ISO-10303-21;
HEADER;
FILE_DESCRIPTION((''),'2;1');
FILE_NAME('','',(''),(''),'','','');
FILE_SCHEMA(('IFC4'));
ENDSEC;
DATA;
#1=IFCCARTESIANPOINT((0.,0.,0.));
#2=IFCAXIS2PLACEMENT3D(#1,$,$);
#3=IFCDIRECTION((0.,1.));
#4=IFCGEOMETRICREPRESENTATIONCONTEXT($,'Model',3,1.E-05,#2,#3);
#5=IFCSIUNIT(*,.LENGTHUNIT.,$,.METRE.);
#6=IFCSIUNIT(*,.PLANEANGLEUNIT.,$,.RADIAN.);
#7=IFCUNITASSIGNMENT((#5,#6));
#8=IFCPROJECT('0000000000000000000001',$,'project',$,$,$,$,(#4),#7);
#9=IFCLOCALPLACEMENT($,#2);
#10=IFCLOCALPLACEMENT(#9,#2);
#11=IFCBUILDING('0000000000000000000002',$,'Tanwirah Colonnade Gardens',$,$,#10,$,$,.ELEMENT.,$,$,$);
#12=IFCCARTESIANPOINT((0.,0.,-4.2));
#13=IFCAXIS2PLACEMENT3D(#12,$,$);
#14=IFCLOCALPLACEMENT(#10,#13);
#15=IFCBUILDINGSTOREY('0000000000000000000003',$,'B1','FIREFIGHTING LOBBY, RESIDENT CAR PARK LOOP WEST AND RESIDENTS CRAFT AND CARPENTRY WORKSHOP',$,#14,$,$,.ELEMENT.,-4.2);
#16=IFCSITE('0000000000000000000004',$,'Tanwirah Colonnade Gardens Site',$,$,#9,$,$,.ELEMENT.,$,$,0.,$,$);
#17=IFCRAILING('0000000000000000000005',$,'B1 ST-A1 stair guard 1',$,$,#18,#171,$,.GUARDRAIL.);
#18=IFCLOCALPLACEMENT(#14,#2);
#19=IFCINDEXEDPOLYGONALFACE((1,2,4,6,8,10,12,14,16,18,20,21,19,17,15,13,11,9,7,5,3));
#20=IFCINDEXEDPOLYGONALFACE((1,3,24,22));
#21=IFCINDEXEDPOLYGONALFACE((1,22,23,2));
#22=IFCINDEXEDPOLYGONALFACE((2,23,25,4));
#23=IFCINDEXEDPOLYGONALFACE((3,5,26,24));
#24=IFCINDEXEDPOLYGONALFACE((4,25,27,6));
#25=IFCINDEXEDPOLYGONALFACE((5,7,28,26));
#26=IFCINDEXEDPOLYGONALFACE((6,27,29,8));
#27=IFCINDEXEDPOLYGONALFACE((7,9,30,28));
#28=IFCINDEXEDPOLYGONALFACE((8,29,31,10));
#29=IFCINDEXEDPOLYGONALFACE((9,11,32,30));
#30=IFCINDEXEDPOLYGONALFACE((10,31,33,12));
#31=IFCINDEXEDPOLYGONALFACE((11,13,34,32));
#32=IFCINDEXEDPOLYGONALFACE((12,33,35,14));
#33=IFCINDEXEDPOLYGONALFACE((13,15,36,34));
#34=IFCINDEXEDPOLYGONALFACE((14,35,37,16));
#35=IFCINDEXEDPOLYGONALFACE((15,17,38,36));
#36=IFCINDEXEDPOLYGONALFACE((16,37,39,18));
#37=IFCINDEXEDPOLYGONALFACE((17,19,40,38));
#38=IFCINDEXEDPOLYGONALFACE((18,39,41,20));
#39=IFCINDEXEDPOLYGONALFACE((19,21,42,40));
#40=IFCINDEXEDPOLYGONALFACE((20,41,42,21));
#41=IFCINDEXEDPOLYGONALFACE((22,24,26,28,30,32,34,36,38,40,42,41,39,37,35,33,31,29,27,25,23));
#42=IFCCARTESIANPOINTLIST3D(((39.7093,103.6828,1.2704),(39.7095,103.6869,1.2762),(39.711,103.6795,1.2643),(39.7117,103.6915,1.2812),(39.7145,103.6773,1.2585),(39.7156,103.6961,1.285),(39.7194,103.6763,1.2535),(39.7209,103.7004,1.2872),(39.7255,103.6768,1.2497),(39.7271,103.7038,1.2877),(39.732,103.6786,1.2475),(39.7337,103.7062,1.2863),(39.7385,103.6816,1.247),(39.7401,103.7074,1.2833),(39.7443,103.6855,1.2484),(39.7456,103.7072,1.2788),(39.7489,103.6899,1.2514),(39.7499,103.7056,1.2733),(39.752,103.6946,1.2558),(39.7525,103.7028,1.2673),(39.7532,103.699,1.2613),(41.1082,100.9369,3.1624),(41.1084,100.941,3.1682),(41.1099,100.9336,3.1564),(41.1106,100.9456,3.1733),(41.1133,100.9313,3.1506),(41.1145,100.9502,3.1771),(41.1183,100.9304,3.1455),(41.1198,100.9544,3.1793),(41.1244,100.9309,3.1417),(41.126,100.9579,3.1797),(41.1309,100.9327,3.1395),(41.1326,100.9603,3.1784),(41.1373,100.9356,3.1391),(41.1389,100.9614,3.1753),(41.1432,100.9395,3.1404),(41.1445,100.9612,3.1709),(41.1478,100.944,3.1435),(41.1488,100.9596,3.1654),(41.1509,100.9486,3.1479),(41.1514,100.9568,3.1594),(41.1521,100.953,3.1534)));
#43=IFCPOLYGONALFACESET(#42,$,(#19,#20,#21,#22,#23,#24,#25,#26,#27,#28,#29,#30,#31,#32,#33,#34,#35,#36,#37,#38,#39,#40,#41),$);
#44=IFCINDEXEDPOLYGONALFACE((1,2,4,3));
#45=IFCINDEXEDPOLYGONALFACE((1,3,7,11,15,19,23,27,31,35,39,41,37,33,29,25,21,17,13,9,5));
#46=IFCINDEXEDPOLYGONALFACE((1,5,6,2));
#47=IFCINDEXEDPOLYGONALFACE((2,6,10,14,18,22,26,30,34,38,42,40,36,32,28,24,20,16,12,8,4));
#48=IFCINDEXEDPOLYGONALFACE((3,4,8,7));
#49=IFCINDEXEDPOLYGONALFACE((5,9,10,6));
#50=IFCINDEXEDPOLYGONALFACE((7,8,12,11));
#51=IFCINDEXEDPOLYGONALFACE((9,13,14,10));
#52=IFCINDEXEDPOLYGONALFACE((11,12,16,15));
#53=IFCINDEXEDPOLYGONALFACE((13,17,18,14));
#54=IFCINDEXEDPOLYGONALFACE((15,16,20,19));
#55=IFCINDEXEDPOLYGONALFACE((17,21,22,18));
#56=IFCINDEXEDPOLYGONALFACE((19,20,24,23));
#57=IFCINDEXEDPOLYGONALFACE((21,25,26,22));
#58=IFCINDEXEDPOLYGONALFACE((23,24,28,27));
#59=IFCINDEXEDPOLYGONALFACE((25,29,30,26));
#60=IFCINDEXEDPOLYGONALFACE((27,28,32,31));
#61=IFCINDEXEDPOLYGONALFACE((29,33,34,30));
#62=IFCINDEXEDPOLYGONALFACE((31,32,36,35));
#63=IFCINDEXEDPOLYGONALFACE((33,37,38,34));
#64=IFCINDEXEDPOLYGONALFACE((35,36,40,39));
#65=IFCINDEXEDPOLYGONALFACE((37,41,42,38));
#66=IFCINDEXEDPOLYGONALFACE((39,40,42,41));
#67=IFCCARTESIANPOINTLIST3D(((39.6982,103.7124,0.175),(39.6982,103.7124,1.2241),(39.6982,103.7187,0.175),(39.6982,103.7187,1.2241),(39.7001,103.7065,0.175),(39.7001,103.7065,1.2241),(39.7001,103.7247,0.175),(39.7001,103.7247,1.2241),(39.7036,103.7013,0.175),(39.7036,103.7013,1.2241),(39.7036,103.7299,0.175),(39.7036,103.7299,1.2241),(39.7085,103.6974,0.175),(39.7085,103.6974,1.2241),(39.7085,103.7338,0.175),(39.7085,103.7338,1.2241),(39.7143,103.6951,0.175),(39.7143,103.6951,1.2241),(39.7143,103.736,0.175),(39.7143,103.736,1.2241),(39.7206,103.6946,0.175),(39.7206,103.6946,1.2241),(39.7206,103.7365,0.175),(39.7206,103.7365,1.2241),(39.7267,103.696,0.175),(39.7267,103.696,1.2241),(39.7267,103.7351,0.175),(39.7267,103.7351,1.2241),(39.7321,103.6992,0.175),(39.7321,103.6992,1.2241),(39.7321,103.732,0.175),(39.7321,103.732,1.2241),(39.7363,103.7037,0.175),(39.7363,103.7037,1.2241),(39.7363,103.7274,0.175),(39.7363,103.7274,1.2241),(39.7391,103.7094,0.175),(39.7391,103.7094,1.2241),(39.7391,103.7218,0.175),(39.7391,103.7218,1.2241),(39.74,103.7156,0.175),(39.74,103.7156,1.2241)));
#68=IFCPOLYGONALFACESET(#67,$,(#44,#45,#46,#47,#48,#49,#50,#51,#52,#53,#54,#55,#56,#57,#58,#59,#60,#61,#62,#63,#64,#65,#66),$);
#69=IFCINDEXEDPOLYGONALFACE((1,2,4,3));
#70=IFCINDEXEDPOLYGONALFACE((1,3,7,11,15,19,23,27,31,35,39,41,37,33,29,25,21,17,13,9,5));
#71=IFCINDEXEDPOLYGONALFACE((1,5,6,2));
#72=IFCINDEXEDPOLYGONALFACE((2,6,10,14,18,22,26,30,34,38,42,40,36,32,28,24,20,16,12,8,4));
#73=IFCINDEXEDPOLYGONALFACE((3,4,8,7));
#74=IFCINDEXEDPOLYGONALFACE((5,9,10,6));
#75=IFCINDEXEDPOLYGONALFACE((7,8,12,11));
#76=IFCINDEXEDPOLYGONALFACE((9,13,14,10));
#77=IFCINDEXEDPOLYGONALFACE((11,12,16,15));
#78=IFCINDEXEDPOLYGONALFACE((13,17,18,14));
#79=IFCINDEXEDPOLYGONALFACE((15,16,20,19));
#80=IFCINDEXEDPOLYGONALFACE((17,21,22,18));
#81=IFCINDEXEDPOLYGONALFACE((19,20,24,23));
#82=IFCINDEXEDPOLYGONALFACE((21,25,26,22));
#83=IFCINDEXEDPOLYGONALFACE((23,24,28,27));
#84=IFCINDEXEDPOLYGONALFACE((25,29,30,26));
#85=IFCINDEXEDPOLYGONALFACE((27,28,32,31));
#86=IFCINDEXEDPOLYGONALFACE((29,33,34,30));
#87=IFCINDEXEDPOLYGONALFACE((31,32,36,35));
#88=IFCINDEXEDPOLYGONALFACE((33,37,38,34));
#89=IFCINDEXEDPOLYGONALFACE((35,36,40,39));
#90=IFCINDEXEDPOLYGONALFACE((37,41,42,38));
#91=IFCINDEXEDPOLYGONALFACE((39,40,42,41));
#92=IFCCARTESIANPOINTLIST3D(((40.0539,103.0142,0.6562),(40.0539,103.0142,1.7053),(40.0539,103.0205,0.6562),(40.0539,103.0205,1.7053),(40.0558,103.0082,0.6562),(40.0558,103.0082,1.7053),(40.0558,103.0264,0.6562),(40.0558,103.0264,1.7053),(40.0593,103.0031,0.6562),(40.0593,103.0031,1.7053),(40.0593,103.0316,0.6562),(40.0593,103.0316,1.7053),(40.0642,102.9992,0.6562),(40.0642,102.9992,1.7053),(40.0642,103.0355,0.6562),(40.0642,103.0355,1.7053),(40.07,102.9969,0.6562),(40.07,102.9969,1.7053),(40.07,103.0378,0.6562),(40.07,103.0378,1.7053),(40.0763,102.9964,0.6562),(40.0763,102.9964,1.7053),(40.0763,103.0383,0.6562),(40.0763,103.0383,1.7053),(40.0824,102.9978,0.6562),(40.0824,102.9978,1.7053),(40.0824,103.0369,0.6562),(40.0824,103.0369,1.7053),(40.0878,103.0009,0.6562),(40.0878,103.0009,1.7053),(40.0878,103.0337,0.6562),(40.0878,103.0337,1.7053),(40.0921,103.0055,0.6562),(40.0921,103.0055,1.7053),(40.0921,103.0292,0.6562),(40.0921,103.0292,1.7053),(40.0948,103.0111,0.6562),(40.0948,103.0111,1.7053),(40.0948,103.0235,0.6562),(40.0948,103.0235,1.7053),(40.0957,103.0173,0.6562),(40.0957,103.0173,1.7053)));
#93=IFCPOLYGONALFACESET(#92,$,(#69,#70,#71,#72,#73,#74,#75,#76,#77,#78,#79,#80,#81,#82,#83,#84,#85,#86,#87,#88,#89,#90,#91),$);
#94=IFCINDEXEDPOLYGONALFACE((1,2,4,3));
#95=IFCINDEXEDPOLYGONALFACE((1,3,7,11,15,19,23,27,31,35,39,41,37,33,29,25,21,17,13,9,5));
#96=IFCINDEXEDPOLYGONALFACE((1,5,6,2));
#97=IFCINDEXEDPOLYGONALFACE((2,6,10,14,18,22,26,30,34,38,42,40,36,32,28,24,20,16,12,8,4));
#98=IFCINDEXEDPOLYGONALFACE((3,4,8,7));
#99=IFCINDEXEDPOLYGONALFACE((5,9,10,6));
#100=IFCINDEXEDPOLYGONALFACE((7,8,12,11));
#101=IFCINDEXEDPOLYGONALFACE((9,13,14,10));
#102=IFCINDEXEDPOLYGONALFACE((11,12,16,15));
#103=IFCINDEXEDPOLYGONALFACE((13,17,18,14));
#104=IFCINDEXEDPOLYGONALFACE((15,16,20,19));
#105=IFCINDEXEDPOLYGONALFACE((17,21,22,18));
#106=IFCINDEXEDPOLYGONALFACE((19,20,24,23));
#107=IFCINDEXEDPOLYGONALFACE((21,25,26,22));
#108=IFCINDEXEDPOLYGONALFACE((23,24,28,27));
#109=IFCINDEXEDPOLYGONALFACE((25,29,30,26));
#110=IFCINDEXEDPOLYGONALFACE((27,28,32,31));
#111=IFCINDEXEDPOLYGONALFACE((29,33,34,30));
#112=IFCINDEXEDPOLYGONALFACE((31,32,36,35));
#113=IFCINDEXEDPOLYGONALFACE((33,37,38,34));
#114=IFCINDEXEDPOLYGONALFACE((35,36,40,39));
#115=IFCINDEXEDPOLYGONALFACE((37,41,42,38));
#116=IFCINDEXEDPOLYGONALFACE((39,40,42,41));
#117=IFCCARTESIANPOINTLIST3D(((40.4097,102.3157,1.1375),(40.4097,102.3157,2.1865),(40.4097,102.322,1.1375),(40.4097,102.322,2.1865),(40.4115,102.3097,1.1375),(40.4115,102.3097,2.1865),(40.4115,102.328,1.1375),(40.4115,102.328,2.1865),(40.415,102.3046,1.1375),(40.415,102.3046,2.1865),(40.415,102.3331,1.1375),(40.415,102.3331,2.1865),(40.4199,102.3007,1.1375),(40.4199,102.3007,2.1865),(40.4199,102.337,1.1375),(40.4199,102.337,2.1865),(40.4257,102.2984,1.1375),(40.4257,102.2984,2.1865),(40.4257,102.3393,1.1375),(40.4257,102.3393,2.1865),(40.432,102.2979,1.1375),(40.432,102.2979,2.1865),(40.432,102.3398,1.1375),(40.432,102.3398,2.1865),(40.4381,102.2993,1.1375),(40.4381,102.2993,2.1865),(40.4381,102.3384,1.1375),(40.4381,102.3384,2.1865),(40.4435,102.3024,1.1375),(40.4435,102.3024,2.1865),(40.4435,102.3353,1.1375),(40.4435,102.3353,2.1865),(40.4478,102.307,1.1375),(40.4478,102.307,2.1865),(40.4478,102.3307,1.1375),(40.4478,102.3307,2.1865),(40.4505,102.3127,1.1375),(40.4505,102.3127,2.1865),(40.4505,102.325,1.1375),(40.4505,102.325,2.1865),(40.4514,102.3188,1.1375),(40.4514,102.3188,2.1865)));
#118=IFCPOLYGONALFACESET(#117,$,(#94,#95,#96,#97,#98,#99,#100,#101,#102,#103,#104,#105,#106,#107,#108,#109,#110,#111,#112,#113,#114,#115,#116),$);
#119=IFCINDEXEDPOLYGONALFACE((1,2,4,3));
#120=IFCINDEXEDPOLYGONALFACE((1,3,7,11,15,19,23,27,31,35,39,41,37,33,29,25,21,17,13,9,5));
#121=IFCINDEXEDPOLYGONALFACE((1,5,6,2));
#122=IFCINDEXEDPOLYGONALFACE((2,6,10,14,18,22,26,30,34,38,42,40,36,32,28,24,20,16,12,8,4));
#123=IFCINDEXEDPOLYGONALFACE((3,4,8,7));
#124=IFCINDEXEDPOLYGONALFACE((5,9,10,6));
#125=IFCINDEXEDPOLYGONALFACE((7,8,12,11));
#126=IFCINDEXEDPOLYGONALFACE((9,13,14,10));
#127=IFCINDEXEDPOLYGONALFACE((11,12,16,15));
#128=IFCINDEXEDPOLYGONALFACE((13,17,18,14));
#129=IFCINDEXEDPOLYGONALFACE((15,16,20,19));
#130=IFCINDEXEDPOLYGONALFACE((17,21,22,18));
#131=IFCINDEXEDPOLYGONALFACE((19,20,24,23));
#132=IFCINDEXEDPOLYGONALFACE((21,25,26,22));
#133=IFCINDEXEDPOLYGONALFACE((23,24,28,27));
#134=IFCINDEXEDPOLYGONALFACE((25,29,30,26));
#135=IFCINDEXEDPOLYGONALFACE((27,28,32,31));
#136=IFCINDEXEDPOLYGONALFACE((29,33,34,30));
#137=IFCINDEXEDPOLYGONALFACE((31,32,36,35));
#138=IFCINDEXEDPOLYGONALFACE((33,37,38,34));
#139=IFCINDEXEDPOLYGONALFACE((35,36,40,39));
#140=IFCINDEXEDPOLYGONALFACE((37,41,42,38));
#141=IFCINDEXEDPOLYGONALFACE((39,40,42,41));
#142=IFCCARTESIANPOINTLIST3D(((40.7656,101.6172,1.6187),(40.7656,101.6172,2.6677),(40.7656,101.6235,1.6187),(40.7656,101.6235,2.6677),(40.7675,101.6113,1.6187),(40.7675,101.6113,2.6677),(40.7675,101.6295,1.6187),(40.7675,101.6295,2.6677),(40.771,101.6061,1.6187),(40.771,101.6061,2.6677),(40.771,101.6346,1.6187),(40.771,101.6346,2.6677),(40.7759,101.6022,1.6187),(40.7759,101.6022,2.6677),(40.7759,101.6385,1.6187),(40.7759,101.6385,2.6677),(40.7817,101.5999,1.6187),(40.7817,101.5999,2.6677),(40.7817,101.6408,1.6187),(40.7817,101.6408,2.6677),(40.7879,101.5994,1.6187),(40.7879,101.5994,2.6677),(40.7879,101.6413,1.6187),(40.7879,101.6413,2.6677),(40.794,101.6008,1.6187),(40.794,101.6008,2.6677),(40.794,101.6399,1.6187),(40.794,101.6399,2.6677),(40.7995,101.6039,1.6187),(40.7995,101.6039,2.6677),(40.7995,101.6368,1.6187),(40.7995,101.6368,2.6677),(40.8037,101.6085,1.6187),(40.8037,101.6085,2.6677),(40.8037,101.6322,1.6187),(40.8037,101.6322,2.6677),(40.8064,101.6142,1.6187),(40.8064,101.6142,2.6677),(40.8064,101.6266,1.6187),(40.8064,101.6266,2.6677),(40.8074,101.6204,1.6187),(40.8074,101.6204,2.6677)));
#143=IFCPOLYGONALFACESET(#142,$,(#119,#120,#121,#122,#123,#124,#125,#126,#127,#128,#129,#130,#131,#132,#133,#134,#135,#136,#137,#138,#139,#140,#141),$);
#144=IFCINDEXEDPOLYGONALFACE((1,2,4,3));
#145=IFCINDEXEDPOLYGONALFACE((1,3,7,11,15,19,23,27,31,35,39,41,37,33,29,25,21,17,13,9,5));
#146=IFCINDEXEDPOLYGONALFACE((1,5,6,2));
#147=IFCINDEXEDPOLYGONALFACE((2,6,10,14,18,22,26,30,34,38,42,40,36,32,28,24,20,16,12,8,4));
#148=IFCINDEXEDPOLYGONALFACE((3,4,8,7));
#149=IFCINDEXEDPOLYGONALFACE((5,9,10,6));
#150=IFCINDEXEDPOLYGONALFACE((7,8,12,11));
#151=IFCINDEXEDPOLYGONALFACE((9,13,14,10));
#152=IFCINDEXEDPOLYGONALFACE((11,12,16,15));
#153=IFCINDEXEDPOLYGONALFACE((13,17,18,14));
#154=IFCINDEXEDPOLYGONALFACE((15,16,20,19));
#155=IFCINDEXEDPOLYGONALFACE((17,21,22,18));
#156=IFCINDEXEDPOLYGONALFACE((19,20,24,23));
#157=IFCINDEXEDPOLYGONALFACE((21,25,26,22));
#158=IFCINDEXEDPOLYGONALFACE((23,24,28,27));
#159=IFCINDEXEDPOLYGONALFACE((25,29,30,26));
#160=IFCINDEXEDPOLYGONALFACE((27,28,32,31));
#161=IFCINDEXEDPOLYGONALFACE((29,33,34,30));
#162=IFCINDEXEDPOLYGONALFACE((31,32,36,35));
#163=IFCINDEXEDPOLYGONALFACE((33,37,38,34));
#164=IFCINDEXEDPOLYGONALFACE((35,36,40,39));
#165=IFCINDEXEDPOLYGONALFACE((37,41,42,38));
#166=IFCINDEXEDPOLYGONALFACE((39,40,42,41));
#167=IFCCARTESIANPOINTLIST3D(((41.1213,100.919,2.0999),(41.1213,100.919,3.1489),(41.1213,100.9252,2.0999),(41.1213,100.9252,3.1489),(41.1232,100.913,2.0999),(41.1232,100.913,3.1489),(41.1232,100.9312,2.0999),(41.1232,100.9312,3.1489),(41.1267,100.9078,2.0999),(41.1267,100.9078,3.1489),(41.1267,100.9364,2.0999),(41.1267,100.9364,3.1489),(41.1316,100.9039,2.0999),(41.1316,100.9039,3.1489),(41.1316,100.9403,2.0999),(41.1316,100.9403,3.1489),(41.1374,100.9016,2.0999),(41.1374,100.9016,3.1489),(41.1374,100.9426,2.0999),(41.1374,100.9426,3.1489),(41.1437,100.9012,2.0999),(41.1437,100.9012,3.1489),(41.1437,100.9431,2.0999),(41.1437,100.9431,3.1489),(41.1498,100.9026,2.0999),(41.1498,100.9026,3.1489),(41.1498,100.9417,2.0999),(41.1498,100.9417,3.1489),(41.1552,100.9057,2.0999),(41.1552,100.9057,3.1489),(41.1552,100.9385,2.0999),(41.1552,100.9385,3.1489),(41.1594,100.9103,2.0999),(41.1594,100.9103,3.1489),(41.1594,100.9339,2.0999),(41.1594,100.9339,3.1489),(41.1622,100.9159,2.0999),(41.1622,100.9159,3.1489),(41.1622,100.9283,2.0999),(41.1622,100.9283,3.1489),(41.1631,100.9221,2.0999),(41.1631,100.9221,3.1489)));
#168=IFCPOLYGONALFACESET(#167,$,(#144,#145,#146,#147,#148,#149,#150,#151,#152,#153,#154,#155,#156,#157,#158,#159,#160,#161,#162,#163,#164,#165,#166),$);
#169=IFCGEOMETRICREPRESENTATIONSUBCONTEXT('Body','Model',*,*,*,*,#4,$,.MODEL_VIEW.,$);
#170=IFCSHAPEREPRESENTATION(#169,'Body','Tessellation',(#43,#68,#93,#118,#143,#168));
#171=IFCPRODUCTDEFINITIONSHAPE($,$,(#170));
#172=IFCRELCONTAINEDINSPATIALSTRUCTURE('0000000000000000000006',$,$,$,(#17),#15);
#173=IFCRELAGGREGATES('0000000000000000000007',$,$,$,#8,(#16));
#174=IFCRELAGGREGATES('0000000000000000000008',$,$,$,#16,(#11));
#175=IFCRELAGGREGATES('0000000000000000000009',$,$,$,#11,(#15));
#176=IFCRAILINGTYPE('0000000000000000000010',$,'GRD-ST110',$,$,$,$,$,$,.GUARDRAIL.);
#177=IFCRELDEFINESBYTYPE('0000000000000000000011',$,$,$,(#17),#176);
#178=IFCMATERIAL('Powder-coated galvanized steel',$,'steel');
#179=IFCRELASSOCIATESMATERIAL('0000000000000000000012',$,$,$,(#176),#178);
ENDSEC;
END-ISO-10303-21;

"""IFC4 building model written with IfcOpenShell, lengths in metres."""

from ifc_helpers import new_model, si_unit, direction, frame, origin, origin_2d, place, context, subcontext, project, spatial, circle, extrude, material, type_object, element, save


model = new_model("IFC4")

# Units and contexts
model_context = context("Model", 3, precision=1e-05, world=origin(), true_north=direction((0.0, 1.0)))
body_context = subcontext(model_context, "Body", "Model", "MODEL_VIEW")
ifc_project = project(units=[si_unit("LENGTHUNIT", "METRE"), si_unit("PLANEANGLEUNIT", "RADIAN")], contexts=[model_context])

# Site, building, storey
site_placement = place(None, origin())
site = spatial("IfcSite", under=ifc_project, at=site_placement, Name="Tanwirah Colonnade Gardens Site", CompositionType="ELEMENT", RefElevation=0.0)
building_placement = place(site_placement, origin())
building = spatial("IfcBuilding", under=site, at=building_placement, Name="Tanwirah Colonnade Gardens", CompositionType="ELEMENT")
storey_placement = place(building_placement, frame((0.0, 0.0, -4.2)))
storey = spatial("IfcBuildingStorey", under=building, at=storey_placement, Name="B1", Description="FIREFIGHTING LOBBY, RESIDENT CAR PARK LOOP WEST AND RESIDENTS CRAFT AND CARPENTRY WORKSHOP", CompositionType="ELEMENT", Elevation=-4.2)

# Railing
ifc_material_1 = material(Name="Powder-coated galvanized steel", Category="steel")
railing_type_1 = type_object("IfcRailingType", Name="GRD-ST110", PredefinedType="GUARDRAIL", material=ifc_material_1)
railing_1_placement = place(storey_placement, frame((39.719, 103.7156, 0.175)))
element("IfcRailing", 1, at=railing_1_placement, inside=storey, type_object=railing_type_1, Name="B1 ST-A1 stair guard 1", PredefinedType="GUARDRAIL", context=body_context, shape_type="SweptSolid", body=[
    extrude(circle(Radius=0.0239, at=origin_2d()), frame((0.0122, -0.0237, 1.0923), z_axis=(0.386838, -0.759342, 0.523217), x_axis=(0.891038, 0.453929, 0.0)), (0.0, 0.0, 1.0), 3.6162),
    extrude(circle(Radius=0.021, at=origin_2d()), origin(), (0.0, 0.0, 1.0), 1.0491),
    extrude(circle(Radius=0.021, at=origin_2d()), frame((0.3557, -0.6982, 0.4812)), (0.0, 0.0, 1.0), 1.0491),
    extrude(circle(Radius=0.021, at=origin_2d()), frame((0.7114, -1.3967, 0.9624)), (0.0, 0.0, 1.0), 1.0491),
    extrude(circle(Radius=0.021, at=origin_2d()), frame((1.0674, -2.0952, 1.4436)), (0.0, 0.0, 1.0), 1.0491),
    extrude(circle(Radius=0.021, at=origin_2d()), frame((1.4231, -2.7935, 1.9248)), (0.0, 0.0, 1.0), 1.0491),
])

save(model, "model.ifc")
